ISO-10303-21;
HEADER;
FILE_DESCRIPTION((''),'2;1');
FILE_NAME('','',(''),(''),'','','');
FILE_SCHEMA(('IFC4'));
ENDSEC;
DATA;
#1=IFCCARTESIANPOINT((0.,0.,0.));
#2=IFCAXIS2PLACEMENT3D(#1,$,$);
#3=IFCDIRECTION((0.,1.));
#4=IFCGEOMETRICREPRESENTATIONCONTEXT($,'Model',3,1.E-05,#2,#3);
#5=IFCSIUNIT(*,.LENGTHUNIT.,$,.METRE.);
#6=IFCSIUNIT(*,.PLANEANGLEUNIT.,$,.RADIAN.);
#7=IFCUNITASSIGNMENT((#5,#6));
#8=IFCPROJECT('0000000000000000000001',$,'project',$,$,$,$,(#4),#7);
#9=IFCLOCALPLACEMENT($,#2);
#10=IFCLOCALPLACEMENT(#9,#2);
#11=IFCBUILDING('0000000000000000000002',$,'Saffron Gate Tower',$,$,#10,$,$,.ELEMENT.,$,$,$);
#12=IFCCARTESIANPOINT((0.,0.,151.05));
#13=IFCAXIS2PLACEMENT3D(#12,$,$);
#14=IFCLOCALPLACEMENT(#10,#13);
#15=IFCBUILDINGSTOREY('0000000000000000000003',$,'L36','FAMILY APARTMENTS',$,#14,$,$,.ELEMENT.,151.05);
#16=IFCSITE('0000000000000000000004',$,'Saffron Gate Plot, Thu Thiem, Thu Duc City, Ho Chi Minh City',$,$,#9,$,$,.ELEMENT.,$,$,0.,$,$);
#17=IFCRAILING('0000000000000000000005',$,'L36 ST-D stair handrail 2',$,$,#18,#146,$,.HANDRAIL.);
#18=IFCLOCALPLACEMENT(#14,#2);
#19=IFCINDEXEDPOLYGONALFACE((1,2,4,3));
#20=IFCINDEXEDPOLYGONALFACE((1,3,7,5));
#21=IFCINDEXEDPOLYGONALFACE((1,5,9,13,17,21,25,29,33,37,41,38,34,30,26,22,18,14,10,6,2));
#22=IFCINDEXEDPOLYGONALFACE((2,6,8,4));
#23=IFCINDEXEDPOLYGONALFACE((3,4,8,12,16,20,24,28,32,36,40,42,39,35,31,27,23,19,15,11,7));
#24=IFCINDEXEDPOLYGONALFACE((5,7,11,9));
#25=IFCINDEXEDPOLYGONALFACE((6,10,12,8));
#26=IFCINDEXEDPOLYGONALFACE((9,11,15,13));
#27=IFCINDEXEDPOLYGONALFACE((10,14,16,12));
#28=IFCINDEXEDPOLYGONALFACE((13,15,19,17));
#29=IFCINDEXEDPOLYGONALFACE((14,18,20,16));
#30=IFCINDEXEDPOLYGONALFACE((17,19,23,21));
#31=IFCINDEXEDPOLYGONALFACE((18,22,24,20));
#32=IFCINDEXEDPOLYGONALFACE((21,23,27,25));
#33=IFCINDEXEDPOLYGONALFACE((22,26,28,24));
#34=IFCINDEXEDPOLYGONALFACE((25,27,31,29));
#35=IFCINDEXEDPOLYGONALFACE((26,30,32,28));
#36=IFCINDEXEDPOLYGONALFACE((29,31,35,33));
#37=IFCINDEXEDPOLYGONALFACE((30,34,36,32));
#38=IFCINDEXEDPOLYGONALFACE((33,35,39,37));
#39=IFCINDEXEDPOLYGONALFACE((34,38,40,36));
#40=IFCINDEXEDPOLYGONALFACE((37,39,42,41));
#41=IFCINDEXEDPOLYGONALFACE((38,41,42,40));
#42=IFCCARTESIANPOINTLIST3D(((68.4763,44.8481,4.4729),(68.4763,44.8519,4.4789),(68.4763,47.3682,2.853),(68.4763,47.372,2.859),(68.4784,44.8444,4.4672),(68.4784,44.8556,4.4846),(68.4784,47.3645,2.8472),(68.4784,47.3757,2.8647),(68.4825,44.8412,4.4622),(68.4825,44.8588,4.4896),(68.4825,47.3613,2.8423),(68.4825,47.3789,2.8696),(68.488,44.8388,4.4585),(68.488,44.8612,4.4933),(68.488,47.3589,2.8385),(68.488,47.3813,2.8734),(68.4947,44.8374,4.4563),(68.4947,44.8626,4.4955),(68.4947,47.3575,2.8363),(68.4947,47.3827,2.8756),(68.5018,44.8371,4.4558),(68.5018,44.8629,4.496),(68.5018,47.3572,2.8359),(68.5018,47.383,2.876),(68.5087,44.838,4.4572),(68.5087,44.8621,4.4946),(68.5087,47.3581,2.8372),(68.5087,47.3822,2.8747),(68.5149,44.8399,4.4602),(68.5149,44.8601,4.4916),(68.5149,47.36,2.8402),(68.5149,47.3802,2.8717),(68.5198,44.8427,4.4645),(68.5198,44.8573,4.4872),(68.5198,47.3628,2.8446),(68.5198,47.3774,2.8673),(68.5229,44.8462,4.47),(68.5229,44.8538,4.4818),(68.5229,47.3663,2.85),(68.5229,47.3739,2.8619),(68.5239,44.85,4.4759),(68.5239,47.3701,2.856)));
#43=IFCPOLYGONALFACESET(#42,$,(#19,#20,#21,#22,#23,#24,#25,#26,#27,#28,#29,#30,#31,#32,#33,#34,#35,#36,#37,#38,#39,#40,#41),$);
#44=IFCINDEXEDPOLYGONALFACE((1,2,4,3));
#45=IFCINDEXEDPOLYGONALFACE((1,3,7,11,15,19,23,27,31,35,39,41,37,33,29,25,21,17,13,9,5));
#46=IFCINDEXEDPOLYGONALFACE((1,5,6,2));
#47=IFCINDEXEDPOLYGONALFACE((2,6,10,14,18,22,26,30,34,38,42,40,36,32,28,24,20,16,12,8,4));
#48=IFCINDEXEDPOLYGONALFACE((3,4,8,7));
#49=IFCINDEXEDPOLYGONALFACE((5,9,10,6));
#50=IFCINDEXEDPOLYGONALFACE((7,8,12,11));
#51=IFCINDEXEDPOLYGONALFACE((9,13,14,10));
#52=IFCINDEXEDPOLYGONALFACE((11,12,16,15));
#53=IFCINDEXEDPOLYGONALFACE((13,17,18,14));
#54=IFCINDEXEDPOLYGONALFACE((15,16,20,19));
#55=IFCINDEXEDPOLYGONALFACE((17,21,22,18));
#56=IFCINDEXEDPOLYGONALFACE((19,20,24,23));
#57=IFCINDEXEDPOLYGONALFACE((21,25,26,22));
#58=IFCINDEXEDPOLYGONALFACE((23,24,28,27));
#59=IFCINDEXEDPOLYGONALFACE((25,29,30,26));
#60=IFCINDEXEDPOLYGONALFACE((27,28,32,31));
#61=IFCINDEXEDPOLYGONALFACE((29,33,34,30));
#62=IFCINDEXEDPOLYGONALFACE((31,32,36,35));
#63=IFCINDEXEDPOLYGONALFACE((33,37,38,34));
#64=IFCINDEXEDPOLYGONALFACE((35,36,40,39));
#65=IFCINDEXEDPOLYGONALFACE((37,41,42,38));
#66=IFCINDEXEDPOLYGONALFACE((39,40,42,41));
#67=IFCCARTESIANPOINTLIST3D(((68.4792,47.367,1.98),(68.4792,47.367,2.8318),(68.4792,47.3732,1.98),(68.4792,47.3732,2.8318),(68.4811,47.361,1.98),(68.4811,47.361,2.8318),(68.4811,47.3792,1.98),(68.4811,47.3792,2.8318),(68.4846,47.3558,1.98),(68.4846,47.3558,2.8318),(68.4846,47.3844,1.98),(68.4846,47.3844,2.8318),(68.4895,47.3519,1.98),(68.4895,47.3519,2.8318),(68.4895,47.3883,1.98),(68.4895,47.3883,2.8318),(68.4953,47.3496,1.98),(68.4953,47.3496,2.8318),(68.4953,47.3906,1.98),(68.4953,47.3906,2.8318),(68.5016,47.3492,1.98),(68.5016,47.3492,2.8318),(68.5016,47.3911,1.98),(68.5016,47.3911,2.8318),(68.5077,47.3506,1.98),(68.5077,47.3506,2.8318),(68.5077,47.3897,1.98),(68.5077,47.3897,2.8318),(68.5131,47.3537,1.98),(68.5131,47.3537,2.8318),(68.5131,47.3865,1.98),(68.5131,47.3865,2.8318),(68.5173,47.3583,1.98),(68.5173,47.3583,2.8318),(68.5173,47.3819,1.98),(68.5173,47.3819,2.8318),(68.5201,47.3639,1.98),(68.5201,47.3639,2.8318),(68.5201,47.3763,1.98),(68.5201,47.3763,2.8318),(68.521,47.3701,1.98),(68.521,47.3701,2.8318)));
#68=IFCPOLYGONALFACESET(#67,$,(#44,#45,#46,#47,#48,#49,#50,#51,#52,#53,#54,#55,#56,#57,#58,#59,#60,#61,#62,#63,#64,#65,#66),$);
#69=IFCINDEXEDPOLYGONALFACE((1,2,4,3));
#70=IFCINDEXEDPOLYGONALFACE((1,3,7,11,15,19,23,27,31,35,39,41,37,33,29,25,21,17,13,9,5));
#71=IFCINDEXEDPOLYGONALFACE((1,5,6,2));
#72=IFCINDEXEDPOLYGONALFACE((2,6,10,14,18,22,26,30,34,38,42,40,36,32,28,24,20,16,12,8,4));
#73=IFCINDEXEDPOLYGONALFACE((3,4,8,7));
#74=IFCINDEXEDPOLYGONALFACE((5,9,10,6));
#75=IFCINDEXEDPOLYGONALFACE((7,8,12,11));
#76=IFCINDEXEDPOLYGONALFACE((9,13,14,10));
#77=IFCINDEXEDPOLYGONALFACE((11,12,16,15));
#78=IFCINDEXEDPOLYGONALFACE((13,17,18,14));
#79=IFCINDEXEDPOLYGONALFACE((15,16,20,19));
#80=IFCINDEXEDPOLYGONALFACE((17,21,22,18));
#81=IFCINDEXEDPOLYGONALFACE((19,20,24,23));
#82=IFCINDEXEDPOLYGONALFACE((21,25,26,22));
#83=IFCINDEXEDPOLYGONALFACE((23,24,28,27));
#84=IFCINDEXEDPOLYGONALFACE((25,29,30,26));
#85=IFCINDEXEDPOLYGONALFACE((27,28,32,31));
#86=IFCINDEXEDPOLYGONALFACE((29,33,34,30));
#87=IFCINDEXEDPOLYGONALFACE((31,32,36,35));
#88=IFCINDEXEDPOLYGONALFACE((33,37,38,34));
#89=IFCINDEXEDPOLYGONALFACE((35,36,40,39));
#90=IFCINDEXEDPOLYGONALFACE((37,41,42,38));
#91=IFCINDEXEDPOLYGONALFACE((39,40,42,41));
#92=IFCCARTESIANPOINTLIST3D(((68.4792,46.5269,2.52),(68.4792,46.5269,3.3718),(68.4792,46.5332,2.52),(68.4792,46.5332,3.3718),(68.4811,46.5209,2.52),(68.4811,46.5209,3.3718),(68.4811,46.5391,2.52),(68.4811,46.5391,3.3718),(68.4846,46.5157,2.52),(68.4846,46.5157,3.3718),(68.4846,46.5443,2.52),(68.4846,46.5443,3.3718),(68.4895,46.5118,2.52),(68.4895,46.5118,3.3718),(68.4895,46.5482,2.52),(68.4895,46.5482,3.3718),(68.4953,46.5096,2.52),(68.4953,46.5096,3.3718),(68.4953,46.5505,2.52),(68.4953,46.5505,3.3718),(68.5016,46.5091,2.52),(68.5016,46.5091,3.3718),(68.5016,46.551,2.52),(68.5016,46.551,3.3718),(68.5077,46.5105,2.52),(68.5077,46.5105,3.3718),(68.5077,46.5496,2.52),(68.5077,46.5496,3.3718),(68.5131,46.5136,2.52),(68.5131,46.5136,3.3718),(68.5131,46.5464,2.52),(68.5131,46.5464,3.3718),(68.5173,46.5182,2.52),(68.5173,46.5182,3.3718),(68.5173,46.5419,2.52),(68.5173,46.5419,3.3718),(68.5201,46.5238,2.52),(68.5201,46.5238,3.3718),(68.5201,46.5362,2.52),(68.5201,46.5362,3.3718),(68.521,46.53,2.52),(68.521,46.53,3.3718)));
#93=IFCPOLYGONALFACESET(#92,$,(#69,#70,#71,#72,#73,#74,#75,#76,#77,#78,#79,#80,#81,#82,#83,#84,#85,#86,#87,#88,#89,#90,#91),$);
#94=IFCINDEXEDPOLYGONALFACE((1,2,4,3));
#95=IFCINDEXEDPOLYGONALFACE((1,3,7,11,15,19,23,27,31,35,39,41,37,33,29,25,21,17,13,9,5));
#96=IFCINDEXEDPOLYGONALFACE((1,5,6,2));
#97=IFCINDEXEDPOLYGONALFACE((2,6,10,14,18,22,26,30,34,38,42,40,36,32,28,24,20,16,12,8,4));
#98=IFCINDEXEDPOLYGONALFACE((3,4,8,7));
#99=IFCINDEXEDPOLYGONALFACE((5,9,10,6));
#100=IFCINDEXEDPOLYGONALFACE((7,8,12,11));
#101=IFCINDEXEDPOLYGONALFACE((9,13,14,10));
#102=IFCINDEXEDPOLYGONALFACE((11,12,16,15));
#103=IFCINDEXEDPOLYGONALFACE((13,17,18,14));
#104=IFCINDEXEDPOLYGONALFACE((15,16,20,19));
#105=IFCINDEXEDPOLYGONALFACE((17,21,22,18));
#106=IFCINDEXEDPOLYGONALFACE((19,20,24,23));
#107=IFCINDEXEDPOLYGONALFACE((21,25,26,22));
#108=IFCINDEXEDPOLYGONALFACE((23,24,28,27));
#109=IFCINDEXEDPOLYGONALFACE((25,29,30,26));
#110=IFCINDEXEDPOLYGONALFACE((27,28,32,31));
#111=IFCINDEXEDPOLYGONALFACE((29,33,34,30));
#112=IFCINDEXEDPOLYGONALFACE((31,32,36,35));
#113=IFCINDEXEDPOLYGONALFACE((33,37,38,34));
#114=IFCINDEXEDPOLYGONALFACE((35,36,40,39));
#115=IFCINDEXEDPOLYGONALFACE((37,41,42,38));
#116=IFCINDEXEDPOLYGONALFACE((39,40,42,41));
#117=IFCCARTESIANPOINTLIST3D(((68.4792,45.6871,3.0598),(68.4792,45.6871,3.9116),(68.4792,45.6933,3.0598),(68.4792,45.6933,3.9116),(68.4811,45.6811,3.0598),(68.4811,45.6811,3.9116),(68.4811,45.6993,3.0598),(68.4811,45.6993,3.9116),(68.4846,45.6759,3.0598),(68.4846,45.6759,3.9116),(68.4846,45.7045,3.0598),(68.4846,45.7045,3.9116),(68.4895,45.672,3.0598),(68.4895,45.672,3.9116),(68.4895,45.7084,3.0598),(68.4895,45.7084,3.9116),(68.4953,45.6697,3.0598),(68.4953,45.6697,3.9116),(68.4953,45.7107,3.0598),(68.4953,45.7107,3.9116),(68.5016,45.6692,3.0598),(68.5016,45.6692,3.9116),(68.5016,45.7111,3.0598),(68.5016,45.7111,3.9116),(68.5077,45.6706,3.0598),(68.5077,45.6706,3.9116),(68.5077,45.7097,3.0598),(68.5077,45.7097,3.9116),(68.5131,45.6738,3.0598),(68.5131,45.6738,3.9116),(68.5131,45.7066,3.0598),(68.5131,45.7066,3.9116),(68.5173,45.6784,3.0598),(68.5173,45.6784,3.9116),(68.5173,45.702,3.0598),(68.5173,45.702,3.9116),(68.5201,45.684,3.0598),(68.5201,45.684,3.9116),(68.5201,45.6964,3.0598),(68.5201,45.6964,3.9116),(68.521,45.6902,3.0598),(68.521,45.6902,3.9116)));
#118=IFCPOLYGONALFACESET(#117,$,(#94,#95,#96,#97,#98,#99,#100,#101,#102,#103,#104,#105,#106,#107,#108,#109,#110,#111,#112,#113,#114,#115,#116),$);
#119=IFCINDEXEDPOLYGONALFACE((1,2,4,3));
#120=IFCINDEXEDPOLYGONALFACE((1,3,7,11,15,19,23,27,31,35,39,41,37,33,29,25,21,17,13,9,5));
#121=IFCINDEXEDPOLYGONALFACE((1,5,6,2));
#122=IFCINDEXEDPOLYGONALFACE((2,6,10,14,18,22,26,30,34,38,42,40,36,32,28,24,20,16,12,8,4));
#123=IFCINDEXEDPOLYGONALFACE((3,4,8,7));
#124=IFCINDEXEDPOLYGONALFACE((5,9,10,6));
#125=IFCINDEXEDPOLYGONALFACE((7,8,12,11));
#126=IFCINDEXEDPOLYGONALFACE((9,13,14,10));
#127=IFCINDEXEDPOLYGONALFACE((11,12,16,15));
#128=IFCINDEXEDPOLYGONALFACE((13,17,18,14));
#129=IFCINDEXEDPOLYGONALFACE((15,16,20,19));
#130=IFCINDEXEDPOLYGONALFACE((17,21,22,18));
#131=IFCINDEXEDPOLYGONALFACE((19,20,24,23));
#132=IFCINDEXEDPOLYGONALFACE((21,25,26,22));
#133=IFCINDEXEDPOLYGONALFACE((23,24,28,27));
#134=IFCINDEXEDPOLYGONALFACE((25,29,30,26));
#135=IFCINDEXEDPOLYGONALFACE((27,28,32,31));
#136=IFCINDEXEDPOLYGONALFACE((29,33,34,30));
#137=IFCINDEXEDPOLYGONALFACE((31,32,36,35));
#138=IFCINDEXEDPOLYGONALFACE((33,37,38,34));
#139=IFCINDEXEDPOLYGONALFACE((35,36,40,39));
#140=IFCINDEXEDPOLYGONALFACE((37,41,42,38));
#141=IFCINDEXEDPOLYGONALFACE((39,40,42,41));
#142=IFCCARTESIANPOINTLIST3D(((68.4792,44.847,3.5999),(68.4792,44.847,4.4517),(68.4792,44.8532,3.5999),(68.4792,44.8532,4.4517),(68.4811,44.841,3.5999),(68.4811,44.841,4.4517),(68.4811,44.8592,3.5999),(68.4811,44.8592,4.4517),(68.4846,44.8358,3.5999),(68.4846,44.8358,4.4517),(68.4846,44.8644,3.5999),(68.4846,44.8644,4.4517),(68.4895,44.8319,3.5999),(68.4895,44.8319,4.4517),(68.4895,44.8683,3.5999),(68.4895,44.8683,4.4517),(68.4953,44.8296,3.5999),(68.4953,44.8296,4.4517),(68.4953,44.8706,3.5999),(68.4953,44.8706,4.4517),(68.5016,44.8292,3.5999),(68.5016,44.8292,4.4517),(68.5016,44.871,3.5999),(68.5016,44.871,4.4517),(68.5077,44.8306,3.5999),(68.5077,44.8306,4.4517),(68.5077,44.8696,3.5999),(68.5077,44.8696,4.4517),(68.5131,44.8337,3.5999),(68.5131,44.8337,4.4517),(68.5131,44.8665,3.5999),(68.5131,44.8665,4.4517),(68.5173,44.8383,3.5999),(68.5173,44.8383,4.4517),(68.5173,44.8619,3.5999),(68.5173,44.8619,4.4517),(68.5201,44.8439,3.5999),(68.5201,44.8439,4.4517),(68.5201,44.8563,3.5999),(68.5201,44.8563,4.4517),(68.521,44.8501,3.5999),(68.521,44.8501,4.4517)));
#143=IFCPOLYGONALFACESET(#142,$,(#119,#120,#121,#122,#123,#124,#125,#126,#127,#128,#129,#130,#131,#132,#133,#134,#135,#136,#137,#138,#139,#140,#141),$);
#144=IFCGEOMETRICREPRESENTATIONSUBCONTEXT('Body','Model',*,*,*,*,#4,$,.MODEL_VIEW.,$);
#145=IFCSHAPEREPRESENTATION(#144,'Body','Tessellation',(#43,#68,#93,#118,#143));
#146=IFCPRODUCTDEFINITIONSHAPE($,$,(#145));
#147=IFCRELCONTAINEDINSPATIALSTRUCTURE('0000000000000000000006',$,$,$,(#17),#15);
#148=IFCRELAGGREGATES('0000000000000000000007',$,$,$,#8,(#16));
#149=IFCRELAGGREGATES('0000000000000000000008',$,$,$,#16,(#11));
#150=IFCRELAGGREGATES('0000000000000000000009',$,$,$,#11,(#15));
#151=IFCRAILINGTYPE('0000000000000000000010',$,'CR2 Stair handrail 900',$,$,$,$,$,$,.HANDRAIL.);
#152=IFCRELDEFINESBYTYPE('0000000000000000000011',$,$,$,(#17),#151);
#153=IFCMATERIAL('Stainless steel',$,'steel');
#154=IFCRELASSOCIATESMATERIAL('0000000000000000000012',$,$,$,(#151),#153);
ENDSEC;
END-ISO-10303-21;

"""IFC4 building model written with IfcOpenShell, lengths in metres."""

from ifc_helpers import new_model, si_unit, direction, frame, origin, origin_2d, place, context, subcontext, project, spatial, circle, extrude, material, type_object, element, save


model = new_model("IFC4")

# Units and contexts
model_context = context("Model", 3, precision=1e-05, world=origin(), true_north=direction((0.0, 1.0)))
body_context = subcontext(model_context, "Body", "Model", "MODEL_VIEW")
ifc_project = project(units=[si_unit("LENGTHUNIT", "METRE"), si_unit("PLANEANGLEUNIT", "RADIAN")], contexts=[model_context])

# Site, building, storey
site_placement = place(None, origin())
site = spatial("IfcSite", under=ifc_project, at=site_placement, Name="Saffron Gate Plot, Thu Thiem, Thu Duc City, Ho Chi Minh City", CompositionType="ELEMENT", RefElevation=0.0)
building_placement = place(site_placement, origin())
building = spatial("IfcBuilding", under=site, at=building_placement, Name="Saffron Gate Tower", CompositionType="ELEMENT")
storey_placement = place(building_placement, frame((0.0, 0.0, 151.05)))
storey = spatial("IfcBuildingStorey", under=building, at=storey_placement, Name="L36", Description="FAMILY APARTMENTS", CompositionType="ELEMENT", Elevation=151.05)

# Railing
ifc_material_1 = material(Name="Stainless steel", Category="steel")
railing_type_1 = type_object("IfcRailingType", Name="CR2 Stair handrail 900", PredefinedType="HANDRAIL", material=ifc_material_1)
railing_1_placement = place(storey_placement, frame((68.5, 47.3701, 1.98)))
element("IfcRailing", 1, at=railing_1_placement, inside=storey, type_object=railing_type_1, Name="L36 ST-D stair handrail 2", PredefinedType="HANDRAIL", context=body_context, shape_type="SweptSolid", body=[
    extrude(circle(Radius=0.0239, at=origin_2d()), frame((0.0, 0.0, 0.876), z_axis=(0.0, -0.8412, 0.540725), x_axis=(1.0, 0.0, 0.0)), (0.0, 0.0, 1.0), 2.9958),
    extrude(circle(Radius=0.021, at=origin_2d()), origin(), (0.0, 0.0, 1.0), 0.8518),
    extrude(circle(Radius=0.021, at=origin_2d()), frame((0.0, -0.8401, 0.54)), (0.0, 0.0, 1.0), 0.8518),
    extrude(circle(Radius=0.021, at=origin_2d()), frame((0.0, -1.6799, 1.0798)), (0.0, 0.0, 1.0), 0.8518),
    extrude(circle(Radius=0.021, at=origin_2d()), frame((0.0, -2.52, 1.6199)), (0.0, 0.0, 1.0), 0.8518),
])

save(model, "model.ifc")
